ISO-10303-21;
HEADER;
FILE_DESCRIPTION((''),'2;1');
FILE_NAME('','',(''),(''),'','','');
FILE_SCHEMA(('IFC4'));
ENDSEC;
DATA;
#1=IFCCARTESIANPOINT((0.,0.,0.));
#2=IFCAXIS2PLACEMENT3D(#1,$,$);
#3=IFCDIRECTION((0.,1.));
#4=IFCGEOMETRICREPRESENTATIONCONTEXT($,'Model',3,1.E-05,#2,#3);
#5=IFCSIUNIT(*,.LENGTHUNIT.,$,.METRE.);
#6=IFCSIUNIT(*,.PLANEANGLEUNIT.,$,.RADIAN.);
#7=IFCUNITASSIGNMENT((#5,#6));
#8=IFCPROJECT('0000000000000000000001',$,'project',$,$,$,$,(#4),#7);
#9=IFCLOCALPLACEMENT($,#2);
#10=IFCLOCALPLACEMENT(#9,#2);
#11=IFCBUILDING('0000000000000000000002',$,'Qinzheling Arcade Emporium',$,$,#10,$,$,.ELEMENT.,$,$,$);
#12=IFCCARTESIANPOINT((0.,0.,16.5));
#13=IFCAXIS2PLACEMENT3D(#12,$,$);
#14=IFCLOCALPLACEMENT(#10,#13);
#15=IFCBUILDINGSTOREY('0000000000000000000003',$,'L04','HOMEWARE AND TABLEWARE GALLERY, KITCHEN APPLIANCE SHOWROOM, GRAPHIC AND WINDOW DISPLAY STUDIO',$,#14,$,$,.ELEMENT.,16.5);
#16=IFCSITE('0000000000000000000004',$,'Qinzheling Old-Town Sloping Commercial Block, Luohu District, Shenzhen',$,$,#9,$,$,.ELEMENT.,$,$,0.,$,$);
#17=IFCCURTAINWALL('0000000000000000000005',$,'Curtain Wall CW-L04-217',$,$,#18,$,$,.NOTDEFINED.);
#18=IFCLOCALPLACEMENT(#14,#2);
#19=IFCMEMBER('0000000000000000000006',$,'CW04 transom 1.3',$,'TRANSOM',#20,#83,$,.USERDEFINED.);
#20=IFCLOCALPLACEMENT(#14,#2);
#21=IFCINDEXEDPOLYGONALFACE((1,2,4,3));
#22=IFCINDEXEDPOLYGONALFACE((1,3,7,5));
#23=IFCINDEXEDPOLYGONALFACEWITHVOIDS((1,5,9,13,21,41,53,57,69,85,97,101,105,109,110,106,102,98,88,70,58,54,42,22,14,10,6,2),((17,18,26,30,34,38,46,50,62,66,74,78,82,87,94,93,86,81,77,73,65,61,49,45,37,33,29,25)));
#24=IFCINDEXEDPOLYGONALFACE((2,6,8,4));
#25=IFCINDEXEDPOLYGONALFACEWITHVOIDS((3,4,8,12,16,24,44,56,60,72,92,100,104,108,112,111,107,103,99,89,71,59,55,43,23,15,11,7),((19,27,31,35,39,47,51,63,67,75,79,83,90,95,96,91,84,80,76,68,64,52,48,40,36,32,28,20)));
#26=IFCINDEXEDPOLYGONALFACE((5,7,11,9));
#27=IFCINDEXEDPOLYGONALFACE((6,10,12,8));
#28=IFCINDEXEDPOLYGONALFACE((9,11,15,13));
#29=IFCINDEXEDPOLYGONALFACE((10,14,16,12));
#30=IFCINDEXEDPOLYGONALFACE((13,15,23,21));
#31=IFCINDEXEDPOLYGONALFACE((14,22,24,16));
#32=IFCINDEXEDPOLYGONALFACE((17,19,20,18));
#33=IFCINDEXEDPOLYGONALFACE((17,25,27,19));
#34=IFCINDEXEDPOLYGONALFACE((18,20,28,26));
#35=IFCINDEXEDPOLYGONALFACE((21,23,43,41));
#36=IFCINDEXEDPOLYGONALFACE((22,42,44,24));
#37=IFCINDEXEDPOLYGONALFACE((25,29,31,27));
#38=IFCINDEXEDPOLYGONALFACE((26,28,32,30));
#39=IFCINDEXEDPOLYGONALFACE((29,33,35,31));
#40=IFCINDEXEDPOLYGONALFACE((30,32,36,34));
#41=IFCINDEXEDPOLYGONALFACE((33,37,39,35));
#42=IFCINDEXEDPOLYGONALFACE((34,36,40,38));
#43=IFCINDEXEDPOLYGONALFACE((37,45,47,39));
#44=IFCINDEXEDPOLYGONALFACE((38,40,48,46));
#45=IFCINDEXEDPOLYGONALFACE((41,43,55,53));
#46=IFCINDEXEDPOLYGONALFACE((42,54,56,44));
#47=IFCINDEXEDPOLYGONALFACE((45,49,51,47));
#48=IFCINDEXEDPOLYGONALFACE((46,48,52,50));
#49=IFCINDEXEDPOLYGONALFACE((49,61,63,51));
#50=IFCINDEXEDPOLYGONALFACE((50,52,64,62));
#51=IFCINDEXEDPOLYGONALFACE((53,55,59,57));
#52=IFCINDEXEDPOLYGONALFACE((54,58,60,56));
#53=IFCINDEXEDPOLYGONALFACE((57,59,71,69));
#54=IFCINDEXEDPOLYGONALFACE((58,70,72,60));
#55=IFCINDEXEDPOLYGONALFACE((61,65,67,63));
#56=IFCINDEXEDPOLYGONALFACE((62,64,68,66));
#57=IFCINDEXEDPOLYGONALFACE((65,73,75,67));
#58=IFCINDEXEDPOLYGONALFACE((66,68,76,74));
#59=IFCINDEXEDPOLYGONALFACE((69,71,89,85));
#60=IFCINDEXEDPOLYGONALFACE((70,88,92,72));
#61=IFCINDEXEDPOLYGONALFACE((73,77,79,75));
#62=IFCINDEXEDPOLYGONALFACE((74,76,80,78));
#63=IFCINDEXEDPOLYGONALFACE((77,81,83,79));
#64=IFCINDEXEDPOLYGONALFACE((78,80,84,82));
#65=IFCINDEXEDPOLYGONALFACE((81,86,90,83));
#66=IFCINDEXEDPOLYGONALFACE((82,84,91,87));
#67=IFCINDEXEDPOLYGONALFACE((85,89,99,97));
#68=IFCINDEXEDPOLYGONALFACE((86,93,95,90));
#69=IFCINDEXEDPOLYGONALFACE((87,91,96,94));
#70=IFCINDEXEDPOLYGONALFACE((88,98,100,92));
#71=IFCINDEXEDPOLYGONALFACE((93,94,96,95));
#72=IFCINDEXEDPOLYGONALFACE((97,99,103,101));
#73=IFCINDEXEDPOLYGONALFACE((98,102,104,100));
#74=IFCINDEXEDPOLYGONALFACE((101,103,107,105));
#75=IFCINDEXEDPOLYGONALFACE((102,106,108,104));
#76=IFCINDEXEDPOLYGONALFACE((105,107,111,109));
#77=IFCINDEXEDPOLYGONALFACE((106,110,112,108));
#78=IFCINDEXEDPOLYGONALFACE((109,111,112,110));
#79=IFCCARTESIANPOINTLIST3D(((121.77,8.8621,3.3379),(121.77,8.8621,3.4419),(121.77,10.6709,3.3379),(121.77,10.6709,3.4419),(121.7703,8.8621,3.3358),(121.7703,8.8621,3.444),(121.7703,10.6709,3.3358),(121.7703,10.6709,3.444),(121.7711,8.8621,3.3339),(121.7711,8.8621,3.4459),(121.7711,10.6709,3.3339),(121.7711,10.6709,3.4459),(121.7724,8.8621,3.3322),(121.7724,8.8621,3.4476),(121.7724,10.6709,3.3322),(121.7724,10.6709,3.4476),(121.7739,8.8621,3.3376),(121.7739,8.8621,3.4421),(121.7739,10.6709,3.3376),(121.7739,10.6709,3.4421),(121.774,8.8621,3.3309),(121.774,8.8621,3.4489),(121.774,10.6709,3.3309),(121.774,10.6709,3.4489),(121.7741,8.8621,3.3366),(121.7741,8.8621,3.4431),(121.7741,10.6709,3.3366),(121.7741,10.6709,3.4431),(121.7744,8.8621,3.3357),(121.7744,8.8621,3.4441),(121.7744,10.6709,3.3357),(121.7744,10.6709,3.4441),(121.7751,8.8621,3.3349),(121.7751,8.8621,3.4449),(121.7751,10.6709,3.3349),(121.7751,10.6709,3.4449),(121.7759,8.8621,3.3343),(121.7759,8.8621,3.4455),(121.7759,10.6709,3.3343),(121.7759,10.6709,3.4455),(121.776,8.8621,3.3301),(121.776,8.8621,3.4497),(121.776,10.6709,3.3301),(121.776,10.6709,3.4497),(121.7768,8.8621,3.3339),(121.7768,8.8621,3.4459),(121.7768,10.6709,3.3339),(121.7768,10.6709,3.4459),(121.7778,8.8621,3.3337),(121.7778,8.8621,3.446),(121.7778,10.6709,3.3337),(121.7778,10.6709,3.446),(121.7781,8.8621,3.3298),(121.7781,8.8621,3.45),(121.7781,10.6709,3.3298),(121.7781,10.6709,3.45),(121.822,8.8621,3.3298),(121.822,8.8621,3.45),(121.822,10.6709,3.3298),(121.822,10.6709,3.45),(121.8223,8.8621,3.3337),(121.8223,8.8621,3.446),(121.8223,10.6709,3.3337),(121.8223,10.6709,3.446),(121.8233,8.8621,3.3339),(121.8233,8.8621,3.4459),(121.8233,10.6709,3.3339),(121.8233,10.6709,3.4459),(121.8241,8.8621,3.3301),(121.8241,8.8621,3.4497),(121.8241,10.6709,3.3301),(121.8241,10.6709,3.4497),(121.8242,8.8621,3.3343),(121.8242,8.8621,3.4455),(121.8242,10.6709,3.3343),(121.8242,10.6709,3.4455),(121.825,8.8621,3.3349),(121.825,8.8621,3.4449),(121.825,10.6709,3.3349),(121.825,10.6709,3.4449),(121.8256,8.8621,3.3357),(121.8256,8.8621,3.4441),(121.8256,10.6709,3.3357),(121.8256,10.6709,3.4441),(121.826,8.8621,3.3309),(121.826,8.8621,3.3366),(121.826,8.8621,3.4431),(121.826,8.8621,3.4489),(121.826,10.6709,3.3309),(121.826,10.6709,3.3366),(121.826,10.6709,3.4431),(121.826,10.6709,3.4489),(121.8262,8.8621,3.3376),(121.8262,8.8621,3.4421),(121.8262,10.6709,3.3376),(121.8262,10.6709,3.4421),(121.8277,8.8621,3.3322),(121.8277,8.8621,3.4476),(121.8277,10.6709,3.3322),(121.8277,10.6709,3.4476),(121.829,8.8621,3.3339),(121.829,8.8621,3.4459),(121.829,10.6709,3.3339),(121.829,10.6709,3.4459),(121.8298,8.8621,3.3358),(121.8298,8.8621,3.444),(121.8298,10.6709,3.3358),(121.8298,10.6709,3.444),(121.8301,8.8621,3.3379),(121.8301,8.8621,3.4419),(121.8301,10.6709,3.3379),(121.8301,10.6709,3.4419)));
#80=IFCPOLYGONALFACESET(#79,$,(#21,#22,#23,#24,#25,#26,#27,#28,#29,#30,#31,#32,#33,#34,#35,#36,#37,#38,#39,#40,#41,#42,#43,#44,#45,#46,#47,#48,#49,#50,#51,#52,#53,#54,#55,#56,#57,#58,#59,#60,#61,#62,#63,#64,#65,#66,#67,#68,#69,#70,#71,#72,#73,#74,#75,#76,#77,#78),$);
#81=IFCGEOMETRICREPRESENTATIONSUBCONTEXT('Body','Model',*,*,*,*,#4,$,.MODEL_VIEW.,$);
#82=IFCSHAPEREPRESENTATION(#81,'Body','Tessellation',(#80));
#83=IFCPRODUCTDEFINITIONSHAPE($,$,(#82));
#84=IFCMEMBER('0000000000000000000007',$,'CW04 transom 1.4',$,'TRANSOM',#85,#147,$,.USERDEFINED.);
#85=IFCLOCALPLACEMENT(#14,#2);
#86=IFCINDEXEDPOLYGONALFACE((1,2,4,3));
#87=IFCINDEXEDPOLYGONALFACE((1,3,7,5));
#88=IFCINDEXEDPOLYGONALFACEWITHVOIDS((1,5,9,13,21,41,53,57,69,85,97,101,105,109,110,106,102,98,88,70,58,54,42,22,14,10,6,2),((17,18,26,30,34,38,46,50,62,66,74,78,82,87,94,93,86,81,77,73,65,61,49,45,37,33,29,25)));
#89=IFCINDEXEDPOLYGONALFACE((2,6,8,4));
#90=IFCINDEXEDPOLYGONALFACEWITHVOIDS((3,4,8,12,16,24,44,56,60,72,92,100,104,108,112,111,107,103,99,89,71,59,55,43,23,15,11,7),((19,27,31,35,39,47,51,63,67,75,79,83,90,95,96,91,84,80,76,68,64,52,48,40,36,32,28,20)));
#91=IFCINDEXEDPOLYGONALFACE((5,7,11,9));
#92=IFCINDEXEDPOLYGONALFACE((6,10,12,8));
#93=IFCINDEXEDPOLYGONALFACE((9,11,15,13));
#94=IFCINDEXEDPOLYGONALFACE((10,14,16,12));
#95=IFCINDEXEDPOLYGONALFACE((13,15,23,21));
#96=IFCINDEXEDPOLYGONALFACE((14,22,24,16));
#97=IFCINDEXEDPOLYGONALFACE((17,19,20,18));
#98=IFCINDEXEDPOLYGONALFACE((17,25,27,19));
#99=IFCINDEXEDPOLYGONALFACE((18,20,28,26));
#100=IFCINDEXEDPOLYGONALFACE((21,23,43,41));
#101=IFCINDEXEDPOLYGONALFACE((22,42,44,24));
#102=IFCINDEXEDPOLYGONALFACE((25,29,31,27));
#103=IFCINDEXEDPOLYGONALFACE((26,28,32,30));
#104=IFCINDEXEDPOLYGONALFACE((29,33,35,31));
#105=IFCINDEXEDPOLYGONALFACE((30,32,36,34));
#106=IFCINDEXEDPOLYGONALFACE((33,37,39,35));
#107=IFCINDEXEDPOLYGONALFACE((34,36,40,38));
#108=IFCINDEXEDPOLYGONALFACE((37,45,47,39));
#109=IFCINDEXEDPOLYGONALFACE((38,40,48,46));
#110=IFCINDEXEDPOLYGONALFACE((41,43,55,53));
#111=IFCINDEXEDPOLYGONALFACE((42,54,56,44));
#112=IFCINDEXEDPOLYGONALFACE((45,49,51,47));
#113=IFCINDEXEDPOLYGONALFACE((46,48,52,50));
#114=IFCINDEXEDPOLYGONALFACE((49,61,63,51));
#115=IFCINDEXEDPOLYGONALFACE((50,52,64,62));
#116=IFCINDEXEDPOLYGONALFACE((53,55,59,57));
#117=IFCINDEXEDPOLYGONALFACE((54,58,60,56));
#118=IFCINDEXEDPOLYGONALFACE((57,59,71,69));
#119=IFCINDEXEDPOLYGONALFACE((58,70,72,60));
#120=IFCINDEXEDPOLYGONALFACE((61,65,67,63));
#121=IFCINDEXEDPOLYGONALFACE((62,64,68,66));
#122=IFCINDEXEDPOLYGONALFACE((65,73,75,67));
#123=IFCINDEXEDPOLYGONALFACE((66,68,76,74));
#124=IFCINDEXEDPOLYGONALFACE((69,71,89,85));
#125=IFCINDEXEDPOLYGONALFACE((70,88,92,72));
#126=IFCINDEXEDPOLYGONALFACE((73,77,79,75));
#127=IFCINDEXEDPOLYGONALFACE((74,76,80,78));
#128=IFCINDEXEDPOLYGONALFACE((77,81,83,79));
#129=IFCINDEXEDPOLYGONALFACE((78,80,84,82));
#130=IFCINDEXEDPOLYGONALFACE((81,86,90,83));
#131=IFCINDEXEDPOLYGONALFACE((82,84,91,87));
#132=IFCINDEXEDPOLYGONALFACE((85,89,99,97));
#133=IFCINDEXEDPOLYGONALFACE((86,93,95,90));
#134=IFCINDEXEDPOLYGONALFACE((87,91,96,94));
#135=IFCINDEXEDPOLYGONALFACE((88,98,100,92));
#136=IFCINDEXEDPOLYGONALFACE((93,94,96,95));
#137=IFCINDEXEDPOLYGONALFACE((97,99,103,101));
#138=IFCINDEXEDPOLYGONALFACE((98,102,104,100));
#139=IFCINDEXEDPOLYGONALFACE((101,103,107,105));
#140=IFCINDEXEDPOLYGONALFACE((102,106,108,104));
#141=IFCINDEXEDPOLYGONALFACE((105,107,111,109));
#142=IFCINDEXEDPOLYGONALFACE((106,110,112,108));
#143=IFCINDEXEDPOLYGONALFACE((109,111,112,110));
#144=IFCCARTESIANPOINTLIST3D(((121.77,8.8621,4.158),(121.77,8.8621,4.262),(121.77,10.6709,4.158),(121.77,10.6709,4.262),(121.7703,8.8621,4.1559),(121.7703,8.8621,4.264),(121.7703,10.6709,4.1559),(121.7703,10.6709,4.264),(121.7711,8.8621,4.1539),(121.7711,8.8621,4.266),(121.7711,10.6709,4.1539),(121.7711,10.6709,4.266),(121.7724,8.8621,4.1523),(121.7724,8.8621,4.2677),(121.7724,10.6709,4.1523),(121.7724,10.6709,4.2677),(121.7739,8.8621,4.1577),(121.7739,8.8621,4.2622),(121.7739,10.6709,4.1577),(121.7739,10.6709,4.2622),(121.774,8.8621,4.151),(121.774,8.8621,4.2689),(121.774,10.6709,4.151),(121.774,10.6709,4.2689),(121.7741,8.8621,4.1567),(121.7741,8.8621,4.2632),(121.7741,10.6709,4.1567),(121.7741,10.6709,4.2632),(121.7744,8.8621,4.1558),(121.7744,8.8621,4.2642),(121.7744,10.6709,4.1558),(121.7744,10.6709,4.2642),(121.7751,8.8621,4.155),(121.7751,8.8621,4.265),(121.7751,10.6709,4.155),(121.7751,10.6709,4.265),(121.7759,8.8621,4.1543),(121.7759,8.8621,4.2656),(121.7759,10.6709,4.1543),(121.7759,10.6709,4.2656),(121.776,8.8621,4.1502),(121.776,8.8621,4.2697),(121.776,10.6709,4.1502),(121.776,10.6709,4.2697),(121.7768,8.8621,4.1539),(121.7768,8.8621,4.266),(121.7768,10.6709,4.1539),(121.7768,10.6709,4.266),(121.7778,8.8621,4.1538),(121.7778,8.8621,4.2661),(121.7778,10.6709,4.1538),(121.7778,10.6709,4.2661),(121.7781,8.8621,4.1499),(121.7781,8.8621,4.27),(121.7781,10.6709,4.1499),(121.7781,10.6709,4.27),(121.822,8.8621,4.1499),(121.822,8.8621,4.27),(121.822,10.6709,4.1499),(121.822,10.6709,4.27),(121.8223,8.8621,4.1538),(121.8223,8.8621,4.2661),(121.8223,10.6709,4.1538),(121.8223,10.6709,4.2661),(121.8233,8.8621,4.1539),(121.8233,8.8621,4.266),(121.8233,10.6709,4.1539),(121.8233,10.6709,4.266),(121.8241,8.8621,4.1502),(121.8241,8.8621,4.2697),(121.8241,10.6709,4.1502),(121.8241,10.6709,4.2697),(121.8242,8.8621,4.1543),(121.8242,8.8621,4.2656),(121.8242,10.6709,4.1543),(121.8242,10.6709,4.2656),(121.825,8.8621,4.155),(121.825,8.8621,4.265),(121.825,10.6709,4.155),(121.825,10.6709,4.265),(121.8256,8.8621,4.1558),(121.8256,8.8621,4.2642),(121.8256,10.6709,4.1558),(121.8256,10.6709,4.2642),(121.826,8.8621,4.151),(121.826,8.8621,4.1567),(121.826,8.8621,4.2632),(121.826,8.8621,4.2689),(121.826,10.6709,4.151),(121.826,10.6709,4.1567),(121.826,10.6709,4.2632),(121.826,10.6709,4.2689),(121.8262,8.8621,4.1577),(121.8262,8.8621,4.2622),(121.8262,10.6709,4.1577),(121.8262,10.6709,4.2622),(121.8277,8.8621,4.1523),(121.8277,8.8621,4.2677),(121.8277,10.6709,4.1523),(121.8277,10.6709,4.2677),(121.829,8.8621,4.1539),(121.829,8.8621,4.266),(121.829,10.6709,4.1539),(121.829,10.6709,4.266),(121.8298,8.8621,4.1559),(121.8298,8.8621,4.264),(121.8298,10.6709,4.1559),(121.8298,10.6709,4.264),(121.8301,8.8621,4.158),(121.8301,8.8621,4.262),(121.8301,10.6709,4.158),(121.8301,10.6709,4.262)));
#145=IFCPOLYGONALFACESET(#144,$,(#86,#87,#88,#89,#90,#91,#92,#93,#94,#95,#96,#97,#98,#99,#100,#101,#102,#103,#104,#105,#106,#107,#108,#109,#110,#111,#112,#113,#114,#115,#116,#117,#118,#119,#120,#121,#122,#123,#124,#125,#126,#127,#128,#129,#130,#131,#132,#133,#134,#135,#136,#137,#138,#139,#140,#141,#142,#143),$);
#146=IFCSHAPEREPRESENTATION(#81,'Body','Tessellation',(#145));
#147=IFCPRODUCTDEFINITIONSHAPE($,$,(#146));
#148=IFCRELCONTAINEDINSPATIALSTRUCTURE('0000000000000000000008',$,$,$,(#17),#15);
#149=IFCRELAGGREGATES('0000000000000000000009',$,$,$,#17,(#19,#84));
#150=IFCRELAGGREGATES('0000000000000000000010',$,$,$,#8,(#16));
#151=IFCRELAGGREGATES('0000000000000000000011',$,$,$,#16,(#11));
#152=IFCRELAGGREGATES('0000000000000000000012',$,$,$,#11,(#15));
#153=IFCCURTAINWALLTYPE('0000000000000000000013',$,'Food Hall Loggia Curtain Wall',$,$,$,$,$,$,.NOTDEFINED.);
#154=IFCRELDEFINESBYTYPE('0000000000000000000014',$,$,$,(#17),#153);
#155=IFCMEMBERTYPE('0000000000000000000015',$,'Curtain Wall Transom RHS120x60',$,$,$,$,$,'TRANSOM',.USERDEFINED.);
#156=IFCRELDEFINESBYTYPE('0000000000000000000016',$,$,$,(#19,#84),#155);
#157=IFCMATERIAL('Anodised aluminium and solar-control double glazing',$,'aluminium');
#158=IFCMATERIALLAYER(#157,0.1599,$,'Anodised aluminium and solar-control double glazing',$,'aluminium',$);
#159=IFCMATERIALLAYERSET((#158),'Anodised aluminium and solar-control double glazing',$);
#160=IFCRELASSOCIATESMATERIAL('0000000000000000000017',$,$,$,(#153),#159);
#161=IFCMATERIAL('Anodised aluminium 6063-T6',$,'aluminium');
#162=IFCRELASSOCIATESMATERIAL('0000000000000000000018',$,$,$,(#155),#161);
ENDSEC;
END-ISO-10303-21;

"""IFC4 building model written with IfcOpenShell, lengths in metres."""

from ifc_helpers import new_model, si_unit, direction, frame, origin, origin_2d, place, context, subcontext, project, spatial, hollow_rectangle, extrude, material, layer, layer_set, material_profile, profile_set, type_object, element, aggregate, save


model = new_model("IFC4")

# Units and contexts
model_context = context("Model", 3, precision=1e-05, world=origin(), true_north=direction((0.0, 1.0)))
body_context = subcontext(model_context, "Body", "Model", "MODEL_VIEW")
ifc_project = project(units=[si_unit("LENGTHUNIT", "METRE"), si_unit("PLANEANGLEUNIT", "RADIAN")], contexts=[model_context])

# Site, building, storey
site_placement = place(None, origin())
site = spatial("IfcSite", under=ifc_project, at=site_placement, Name="Qinzheling Old-Town Sloping Commercial Block, Luohu District, Shenzhen", CompositionType="ELEMENT", RefElevation=0.0)
building_placement = place(site_placement, origin())
building = spatial("IfcBuilding", under=site, at=building_placement, Name="Qinzheling Arcade Emporium", CompositionType="ELEMENT")
storey_placement = place(building_placement, frame((0.0, 0.0, 16.5)))
storey = spatial("IfcBuildingStorey", under=building, at=storey_placement, Name="L04", Description="HOMEWARE AND TABLEWARE GALLERY, KITCHEN APPLIANCE SHOWROOM, GRAPHIC AND WINDOW DISPLAY STUDIO", CompositionType="ELEMENT", Elevation=16.5)

# Curtain wall, members
ifc_material_1 = material(Name="Anodised aluminium and solar-control double glazing", Category="aluminium")
ifc_layer_1 = layer(ifc_material_1, 0.1599, Name="Anodised aluminium and solar-control double glazing", Category="aluminium")
ifc_layer_set_1 = layer_set([ifc_layer_1], Name="Anodised aluminium and solar-control double glazing")
curtain_wall_type = type_object("IfcCurtainWallType", Name="Food Hall Loggia Curtain Wall", PredefinedType="NOTDEFINED", material=ifc_layer_set_1)
curtain_wall_placement = place(storey_placement, origin())
curtain_wall = element("IfcCurtainWall", 1, at=curtain_wall_placement, inside=storey, type_object=curtain_wall_type, Name="Curtain Wall CW-L04-217", PredefinedType="NOTDEFINED")
ifc_material_2 = material(Name="Anodised aluminium 6063-T6", Category="aluminium")
ifc_material_profile_1 = material_profile(ifc_material_2, hollow_rectangle(XDim=0.0601, YDim=0.1201, WallThickness=0.0039, InnerFilletRadius=0.0039, OuterFilletRadius=0.0081, at=origin_2d()), Name="RHS 120x60x4", Category="aluminium")
ifc_profile_set_1 = profile_set([ifc_material_profile_1], Name="Anodised aluminium 6063-T6")
member_type_1 = type_object("IfcMemberType", Name="Curtain Wall Transom RHS120x60", ElementType="TRANSOM", PredefinedType="USERDEFINED", material=ifc_profile_set_1)
member_1_placement = place(storey_placement, frame((121.8, 8.8621, 3.3899), z_axis=(0.0, 1.0, 0.0), x_axis=(-1.0, 0.0, 0.0)))
member_1 = element("IfcMember", 2, at=member_1_placement, type_object=member_type_1, Name="CW04 transom 1.3", ObjectType="TRANSOM", PredefinedType="USERDEFINED", context=body_context, shape_type="SweptSolid", body=[
    extrude(hollow_rectangle(XDim=0.0601, YDim=0.1201, WallThickness=0.0039, InnerFilletRadius=0.0039, OuterFilletRadius=0.0081, at=origin_2d()), origin(), (0.0, 0.0, 1.0), 1.8088),
])
member_2_placement = place(storey_placement, frame((121.8, 8.8621, 4.21), z_axis=(0.0, 1.0, 0.0), x_axis=(-1.0, 0.0, 0.0)))
member_2 = element("IfcMember", 3, at=member_2_placement, type_object=member_type_1, Name="CW04 transom 1.4", ObjectType="TRANSOM", PredefinedType="USERDEFINED", context=body_context, shape_type="SweptSolid", body=[
    extrude(hollow_rectangle(XDim=0.0601, YDim=0.1201, WallThickness=0.0039, InnerFilletRadius=0.0039, OuterFilletRadius=0.0081, at=origin_2d()), origin(), (0.0, 0.0, 1.0), 1.8088),
])

aggregate(curtain_wall, [member_1, member_2])

save(model, "model.ifc")
